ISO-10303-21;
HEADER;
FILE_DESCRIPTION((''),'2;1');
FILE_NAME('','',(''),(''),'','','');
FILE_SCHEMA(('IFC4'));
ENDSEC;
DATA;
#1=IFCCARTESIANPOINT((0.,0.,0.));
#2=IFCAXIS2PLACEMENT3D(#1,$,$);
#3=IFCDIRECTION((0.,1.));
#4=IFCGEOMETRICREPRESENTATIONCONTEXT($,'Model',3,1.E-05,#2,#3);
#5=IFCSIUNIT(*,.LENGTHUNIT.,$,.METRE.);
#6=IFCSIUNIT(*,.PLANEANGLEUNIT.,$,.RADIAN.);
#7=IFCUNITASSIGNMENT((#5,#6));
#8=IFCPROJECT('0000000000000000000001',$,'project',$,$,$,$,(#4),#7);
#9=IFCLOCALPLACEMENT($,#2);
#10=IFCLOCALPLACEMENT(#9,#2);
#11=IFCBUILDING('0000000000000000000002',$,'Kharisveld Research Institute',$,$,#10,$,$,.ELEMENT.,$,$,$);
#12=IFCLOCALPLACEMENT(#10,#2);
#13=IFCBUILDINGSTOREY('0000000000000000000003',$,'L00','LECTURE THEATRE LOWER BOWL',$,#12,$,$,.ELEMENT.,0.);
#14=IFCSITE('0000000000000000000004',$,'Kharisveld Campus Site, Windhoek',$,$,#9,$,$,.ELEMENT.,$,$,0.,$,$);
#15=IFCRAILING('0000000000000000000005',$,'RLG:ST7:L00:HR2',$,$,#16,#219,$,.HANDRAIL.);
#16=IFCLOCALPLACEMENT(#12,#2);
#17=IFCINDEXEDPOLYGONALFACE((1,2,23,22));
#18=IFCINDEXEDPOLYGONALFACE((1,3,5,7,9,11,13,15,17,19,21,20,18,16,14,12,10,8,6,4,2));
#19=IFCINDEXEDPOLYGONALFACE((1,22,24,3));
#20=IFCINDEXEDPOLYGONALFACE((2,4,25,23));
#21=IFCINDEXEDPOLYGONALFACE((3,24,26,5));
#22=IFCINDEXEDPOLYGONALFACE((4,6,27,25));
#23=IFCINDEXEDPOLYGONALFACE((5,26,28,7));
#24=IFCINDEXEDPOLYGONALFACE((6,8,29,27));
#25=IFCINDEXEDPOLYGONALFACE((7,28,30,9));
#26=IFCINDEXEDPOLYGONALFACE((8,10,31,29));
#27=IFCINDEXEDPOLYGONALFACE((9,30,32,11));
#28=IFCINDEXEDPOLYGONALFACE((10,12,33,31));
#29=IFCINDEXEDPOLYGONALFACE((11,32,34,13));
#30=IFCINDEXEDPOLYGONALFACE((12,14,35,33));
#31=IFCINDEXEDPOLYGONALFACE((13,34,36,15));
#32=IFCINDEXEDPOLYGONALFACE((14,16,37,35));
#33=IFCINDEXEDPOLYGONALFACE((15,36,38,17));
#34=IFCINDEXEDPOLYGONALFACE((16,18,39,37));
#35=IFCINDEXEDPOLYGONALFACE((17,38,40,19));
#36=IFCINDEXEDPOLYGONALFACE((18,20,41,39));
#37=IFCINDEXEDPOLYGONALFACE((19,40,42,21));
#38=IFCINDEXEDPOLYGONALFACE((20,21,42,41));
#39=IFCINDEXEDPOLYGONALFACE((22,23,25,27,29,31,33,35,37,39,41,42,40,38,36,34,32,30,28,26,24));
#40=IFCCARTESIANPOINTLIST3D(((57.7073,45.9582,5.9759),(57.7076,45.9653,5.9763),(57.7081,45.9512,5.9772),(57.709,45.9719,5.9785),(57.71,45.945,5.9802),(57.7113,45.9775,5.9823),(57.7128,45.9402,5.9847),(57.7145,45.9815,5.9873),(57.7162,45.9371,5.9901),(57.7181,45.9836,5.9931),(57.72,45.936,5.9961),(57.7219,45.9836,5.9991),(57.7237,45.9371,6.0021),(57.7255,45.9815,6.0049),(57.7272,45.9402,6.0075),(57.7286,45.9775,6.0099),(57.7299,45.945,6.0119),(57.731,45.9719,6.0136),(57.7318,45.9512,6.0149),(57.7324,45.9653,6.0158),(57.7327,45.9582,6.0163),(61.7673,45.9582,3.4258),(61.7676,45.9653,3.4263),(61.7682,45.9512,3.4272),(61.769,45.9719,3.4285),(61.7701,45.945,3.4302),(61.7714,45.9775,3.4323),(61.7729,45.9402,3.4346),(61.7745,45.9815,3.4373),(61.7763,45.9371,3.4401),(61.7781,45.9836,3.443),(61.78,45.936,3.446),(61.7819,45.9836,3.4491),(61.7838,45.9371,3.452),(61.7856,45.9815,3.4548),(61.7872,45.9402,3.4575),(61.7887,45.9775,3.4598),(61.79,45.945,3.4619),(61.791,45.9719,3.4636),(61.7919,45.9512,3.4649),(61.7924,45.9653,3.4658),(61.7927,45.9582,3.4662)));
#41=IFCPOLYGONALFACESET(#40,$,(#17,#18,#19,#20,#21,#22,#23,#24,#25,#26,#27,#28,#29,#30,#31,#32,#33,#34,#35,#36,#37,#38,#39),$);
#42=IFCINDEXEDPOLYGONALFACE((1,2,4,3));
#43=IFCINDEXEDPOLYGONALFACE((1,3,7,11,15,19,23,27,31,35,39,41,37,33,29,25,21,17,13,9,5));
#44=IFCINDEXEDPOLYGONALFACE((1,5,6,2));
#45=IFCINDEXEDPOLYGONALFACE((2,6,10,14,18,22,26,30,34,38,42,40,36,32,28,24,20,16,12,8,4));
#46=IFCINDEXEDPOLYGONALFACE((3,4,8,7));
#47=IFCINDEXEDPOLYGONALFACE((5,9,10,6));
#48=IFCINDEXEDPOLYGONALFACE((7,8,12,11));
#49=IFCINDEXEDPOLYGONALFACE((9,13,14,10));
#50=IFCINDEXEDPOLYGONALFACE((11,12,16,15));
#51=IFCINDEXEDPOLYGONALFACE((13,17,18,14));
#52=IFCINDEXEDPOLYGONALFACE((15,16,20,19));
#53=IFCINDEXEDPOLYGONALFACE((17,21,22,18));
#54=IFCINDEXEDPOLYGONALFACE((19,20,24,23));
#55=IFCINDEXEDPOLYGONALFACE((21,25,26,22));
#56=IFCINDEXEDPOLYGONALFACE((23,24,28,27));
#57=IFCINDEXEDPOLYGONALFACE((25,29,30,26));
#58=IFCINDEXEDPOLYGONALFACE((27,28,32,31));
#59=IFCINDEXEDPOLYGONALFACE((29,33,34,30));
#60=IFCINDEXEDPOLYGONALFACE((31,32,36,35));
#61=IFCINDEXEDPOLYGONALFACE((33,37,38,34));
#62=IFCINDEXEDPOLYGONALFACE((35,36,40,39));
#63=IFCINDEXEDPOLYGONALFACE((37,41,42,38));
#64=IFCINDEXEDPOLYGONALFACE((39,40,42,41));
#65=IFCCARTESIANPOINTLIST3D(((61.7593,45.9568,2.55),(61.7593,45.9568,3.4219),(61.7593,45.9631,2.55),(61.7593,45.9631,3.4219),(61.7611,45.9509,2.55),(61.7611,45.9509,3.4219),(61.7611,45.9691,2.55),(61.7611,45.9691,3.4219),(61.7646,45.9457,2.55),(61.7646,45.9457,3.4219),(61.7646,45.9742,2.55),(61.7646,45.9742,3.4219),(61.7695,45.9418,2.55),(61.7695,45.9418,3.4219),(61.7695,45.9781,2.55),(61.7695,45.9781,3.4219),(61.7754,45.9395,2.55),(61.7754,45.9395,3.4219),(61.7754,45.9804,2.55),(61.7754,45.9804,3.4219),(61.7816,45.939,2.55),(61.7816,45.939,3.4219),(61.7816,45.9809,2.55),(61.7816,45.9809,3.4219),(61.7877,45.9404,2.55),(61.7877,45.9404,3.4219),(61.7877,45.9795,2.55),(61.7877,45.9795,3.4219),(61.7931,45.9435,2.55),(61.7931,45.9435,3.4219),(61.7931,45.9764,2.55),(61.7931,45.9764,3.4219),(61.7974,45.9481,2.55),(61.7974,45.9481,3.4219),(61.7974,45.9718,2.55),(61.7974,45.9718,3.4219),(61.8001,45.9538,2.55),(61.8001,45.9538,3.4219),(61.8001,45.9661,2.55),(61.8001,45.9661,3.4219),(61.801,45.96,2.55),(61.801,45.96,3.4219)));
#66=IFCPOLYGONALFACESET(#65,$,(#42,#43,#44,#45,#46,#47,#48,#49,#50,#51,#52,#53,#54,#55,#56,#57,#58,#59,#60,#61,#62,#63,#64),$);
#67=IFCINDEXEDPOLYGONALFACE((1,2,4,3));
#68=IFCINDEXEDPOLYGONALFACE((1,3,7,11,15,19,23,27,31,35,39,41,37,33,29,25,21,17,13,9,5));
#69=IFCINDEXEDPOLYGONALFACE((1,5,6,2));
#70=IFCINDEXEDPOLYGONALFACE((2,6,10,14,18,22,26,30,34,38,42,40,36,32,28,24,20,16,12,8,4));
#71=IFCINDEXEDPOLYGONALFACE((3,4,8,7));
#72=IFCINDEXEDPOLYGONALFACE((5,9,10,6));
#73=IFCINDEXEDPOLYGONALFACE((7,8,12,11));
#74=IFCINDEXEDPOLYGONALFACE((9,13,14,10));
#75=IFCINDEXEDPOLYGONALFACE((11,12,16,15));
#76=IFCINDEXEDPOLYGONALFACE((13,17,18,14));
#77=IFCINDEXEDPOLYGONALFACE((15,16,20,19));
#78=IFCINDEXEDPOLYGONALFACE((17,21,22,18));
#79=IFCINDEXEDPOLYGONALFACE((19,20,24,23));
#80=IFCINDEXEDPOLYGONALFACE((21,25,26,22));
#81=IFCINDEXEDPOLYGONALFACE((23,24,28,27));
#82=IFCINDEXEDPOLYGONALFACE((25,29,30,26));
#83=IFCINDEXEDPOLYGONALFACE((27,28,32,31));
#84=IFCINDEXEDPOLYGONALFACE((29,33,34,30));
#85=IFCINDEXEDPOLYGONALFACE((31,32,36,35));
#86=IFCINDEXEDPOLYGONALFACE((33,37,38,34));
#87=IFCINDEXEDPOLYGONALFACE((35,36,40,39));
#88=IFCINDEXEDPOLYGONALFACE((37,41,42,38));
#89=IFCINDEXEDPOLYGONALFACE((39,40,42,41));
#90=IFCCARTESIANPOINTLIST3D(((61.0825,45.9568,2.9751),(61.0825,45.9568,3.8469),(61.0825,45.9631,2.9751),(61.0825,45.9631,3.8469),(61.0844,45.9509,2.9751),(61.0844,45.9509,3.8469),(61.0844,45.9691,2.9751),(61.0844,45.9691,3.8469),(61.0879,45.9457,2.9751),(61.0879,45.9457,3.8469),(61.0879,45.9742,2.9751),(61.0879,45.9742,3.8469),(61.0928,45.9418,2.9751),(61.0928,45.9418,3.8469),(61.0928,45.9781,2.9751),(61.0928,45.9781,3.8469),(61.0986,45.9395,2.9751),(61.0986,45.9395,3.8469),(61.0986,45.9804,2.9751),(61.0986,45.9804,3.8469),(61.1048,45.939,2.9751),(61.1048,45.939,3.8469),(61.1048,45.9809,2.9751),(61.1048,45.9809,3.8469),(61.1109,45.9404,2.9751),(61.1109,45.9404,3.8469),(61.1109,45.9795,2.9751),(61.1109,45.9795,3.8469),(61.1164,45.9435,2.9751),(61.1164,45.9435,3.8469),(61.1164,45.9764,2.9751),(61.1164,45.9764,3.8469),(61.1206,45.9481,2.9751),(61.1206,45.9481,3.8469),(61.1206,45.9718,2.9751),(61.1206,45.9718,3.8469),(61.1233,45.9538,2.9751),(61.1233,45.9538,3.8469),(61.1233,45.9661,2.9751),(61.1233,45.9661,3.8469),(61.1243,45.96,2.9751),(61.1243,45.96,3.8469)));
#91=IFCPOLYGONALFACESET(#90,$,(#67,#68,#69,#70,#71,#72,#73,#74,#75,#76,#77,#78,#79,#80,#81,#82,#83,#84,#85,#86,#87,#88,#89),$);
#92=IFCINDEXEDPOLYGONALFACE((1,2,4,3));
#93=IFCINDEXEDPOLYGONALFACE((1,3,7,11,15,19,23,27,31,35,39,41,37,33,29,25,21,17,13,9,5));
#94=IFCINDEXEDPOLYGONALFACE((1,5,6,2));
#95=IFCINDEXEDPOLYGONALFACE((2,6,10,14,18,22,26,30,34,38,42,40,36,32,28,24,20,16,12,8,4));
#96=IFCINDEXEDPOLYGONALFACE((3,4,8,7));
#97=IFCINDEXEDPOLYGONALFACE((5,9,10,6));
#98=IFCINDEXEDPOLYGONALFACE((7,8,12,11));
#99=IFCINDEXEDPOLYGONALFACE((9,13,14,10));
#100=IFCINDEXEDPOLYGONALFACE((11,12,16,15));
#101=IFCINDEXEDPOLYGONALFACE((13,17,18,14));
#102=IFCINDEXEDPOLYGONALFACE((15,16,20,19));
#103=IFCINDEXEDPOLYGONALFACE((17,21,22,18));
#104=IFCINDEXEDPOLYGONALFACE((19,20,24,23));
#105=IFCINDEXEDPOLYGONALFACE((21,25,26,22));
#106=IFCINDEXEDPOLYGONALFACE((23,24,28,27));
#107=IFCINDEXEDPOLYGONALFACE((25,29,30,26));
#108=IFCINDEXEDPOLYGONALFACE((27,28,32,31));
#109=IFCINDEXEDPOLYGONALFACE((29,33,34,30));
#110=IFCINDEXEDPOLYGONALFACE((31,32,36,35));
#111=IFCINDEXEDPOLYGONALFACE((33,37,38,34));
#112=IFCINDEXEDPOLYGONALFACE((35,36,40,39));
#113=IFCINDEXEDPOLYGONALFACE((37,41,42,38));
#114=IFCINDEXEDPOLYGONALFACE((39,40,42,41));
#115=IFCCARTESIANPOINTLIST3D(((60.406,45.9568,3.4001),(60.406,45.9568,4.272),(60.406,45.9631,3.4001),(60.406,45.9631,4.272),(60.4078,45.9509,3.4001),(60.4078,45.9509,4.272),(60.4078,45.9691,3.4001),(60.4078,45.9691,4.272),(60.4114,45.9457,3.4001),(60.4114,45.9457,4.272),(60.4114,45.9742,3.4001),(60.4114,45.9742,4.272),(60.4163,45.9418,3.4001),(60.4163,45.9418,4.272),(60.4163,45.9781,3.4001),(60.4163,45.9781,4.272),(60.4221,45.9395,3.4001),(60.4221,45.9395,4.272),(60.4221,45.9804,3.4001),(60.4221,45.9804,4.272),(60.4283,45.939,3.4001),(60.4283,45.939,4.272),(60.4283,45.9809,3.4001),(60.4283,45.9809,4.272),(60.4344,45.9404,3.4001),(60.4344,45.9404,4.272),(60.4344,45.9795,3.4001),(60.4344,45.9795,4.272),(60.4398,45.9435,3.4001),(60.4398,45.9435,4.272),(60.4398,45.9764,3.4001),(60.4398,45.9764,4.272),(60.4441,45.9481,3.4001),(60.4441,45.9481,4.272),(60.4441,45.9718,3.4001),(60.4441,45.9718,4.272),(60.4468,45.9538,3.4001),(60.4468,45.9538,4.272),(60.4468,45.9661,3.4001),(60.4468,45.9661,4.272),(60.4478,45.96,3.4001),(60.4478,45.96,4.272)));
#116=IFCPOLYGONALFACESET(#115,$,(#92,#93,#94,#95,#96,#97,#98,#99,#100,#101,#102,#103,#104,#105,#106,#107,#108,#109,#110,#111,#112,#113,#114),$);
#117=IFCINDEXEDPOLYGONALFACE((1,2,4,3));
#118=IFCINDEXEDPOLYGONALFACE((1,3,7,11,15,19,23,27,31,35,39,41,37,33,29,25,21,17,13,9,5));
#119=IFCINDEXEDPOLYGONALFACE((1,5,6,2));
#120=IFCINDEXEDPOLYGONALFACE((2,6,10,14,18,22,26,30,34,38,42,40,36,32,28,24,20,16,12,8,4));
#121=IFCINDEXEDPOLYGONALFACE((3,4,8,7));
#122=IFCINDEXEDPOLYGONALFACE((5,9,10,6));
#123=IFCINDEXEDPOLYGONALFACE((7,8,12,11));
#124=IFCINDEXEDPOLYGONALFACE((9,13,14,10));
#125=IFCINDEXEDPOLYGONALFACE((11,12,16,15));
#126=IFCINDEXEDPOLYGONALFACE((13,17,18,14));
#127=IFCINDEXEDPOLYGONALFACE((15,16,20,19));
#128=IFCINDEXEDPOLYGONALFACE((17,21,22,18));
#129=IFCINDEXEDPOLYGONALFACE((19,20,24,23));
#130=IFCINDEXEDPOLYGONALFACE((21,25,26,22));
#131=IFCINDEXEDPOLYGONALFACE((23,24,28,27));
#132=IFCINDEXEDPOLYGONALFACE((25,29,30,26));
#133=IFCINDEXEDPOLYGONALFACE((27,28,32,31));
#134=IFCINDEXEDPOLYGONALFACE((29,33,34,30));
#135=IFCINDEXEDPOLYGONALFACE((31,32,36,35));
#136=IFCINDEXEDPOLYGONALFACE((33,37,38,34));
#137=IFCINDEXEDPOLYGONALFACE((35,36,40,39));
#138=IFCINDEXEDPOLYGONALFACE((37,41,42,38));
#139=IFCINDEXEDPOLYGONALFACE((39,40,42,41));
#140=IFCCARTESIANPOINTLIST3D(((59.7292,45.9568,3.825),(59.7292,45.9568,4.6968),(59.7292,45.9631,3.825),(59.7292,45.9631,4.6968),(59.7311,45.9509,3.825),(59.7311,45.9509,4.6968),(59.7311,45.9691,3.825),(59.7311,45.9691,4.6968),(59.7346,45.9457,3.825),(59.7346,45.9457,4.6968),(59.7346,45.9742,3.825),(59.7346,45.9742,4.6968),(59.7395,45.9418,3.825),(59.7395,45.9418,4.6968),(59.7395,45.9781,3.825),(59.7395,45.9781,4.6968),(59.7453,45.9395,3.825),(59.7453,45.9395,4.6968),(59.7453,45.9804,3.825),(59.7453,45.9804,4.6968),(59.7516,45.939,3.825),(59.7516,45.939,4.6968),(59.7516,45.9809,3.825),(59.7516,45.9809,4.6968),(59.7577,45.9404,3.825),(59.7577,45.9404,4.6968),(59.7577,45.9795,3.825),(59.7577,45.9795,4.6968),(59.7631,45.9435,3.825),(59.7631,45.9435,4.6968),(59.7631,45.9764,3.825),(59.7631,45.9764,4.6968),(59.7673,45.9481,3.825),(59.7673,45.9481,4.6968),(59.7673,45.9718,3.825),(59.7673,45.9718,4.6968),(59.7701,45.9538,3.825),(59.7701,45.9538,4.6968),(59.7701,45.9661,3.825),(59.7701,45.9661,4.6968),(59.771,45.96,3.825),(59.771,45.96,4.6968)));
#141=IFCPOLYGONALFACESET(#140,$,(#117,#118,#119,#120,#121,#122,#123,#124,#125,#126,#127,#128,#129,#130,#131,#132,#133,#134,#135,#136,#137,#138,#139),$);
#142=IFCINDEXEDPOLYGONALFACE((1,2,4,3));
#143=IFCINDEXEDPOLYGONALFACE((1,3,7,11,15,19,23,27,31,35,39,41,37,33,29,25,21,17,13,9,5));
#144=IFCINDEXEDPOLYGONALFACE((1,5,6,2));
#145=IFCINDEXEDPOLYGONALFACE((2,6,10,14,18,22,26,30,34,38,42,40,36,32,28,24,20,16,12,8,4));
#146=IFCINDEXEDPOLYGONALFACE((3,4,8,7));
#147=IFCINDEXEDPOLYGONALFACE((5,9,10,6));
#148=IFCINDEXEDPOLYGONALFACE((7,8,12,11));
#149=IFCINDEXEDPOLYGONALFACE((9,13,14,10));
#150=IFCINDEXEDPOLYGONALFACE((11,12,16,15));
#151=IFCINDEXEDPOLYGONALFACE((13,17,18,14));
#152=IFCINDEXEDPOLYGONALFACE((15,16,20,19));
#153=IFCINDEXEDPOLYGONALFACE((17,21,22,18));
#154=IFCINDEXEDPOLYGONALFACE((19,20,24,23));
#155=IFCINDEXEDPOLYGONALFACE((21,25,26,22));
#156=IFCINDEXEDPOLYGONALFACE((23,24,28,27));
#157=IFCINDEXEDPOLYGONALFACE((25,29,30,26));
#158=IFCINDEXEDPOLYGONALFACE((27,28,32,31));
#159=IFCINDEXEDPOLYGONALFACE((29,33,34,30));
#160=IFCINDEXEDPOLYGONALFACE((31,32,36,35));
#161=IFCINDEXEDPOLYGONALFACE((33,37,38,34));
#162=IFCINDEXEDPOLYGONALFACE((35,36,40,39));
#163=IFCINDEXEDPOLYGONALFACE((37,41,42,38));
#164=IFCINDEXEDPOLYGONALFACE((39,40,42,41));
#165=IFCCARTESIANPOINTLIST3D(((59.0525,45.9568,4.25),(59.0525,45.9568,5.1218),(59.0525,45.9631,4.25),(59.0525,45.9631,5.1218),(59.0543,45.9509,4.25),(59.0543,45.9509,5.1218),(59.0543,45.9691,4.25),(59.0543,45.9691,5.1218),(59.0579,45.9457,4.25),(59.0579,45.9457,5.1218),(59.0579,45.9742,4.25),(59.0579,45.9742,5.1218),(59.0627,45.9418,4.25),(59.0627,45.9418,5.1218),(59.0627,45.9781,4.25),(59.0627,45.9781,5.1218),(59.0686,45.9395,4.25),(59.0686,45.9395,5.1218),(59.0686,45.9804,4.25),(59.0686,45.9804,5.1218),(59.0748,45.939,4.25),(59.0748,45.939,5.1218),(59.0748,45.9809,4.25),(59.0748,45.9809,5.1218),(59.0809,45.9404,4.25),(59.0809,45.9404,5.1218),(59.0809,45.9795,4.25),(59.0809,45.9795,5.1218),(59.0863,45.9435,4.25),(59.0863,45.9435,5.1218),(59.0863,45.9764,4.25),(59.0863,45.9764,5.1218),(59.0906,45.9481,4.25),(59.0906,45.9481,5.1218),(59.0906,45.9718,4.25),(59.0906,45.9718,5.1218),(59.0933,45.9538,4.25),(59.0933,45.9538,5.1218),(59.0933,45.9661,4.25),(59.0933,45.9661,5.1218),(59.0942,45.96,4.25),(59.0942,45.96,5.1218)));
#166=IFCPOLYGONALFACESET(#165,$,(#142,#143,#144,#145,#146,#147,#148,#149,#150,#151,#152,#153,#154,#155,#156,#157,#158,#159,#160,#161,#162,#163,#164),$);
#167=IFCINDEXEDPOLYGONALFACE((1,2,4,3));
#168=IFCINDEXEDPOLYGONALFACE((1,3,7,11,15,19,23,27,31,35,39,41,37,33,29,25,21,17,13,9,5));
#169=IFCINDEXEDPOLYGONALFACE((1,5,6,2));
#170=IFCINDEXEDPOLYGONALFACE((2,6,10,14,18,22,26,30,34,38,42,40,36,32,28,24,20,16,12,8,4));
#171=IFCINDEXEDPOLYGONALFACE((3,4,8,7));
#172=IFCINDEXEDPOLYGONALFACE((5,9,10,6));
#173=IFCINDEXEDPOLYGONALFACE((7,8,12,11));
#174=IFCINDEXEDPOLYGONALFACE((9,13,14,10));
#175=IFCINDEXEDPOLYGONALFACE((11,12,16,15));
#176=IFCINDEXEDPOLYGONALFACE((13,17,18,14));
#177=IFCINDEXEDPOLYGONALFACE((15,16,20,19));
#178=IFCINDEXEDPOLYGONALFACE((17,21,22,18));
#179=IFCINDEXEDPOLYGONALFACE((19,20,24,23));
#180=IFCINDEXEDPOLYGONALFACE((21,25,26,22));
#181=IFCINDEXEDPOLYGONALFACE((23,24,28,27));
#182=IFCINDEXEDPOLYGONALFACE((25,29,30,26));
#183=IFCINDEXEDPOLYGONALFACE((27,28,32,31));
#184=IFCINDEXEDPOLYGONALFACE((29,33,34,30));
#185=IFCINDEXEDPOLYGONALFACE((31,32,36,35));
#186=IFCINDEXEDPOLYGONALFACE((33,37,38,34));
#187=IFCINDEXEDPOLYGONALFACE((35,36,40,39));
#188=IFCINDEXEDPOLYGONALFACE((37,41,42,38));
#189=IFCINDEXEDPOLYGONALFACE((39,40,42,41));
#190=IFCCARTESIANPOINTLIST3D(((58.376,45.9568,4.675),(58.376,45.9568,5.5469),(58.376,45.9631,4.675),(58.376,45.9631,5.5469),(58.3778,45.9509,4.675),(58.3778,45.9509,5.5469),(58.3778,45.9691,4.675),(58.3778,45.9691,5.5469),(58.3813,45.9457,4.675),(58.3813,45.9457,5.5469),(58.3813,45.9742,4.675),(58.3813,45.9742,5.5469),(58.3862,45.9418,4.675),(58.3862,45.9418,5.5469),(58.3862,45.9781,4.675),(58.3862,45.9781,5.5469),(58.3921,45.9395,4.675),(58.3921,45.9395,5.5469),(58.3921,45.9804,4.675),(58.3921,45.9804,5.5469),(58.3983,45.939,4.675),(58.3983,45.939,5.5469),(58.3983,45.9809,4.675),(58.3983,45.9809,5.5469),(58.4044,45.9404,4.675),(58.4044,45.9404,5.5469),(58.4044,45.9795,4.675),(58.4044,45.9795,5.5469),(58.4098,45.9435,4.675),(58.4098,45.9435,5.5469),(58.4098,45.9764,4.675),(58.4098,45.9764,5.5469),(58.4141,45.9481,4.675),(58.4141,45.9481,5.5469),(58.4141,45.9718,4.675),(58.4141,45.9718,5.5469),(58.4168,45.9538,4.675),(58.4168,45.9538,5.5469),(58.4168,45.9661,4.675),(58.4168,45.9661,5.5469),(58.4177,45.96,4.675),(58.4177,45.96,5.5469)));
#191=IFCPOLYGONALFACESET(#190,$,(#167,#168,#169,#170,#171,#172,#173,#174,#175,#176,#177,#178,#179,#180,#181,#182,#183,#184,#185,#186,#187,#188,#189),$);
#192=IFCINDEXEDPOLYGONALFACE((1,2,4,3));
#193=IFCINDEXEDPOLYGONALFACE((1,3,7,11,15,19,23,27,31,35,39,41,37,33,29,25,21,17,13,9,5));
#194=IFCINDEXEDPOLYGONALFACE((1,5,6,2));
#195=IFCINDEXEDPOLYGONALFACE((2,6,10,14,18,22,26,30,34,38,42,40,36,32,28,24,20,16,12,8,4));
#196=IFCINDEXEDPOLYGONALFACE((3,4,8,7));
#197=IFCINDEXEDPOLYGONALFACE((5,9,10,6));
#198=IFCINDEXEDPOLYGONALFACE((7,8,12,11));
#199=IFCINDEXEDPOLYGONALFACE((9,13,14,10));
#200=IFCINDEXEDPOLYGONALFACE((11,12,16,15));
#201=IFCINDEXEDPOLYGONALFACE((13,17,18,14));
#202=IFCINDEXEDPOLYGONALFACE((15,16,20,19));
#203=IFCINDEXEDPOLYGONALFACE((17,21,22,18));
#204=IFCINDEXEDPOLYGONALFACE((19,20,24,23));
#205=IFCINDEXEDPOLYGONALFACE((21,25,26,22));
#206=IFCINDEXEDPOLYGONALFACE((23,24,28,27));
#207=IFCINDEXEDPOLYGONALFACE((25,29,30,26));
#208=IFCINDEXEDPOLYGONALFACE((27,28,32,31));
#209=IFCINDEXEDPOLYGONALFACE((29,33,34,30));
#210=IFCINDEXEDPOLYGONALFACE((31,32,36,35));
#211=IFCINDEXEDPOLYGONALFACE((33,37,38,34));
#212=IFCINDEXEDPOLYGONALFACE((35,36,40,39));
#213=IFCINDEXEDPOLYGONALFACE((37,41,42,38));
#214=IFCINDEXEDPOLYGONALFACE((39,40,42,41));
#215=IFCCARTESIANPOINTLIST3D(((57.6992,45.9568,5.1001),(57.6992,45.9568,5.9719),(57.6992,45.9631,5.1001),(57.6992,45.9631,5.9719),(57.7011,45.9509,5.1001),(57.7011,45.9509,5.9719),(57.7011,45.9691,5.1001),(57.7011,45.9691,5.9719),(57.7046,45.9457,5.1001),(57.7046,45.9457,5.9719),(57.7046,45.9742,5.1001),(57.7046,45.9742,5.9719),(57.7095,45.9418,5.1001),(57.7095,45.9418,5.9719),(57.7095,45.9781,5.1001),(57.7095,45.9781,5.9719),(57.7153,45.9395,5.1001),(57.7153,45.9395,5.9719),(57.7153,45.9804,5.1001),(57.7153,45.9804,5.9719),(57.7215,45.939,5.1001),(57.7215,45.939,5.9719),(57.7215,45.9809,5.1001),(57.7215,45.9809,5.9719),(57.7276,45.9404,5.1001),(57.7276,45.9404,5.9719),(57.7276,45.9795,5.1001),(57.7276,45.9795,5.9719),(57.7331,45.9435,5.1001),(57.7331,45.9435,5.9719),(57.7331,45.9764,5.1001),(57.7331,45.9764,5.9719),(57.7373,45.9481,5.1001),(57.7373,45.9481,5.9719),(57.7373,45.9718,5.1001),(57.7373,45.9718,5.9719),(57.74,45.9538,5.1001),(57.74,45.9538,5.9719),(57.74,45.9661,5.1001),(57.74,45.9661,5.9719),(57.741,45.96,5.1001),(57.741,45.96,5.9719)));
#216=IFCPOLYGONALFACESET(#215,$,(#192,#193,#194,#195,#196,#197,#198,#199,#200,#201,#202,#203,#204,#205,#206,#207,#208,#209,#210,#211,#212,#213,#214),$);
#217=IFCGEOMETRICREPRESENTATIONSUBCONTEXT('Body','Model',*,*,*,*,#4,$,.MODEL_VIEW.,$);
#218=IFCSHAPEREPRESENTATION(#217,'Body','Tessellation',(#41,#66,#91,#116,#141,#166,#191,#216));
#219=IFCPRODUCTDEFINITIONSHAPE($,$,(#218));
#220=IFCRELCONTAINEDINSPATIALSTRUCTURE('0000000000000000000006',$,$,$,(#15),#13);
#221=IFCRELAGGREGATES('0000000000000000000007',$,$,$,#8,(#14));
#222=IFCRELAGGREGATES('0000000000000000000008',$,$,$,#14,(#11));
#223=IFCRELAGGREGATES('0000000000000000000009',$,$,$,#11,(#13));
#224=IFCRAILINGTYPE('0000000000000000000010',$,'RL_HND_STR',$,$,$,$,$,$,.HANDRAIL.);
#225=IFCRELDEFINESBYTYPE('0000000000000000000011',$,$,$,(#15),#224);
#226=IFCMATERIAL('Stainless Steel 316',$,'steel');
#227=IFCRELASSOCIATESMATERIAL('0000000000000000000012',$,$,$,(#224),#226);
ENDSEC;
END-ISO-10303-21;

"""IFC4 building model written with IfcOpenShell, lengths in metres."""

from ifc_helpers import new_model, si_unit, direction, frame, origin, origin_2d, place, context, subcontext, project, spatial, circle, extrude, material, type_object, element, save


model = new_model("IFC4")

# Units and contexts
model_context = context("Model", 3, precision=1e-05, world=origin(), true_north=direction((0.0, 1.0)))
body_context = subcontext(model_context, "Body", "Model", "MODEL_VIEW")
ifc_project = project(units=[si_unit("LENGTHUNIT", "METRE"), si_unit("PLANEANGLEUNIT", "RADIAN")], contexts=[model_context])

# Site, building, storey
site_placement = place(None, origin())
site = spatial("IfcSite", under=ifc_project, at=site_placement, Name="Kharisveld Campus Site, Windhoek", CompositionType="ELEMENT", RefElevation=0.0)
building_placement = place(site_placement, origin())
building = spatial("IfcBuilding", under=site, at=building_placement, Name="Kharisveld Research Institute", CompositionType="ELEMENT")
storey_placement = place(building_placement, origin())
storey = spatial("IfcBuildingStorey", under=building, at=storey_placement, Name="L00", Description="LECTURE THEATRE LOWER BOWL", CompositionType="ELEMENT", Elevation=0.0)

# Railing
ifc_material_1 = material(Name="Stainless Steel 316", Category="steel")
railing_type_1 = type_object("IfcRailingType", Name="RL_HND_STR", PredefinedType="HANDRAIL", material=ifc_material_1)
railing_1_placement = place(storey_placement, frame((61.78, 45.96, 2.55)))
element("IfcRailing", 1, at=railing_1_placement, inside=storey, type_object=railing_type_1, Name="RLG:ST7:L00:HR2", PredefinedType="HANDRAIL", context=body_context, shape_type="SweptSolid", body=[
    extrude(circle(Radius=0.0239, at=origin_2d()), frame((0.0, 0.0, 0.896), z_axis=(-0.846823, 0.0, 0.531874), x_axis=(0.0, -1.0, 0.0)), (0.0, 0.0, 1.0), 4.7944),
    extrude(circle(Radius=0.021, at=origin_2d()), origin(), (0.0, 0.0, 1.0), 0.8718),
    extrude(circle(Radius=0.021, at=origin_2d()), frame((-0.6768, 0.0, 0.425)), (0.0, 0.0, 1.0), 0.8718),
    extrude(circle(Radius=0.021, at=origin_2d()), frame((-1.3533, 0.0, 0.8501)), (0.0, 0.0, 1.0), 0.8718),
    extrude(circle(Radius=0.021, at=origin_2d()), frame((-2.03, 0.0, 1.2749)), (0.0, 0.0, 1.0), 0.8718),
    extrude(circle(Radius=0.021, at=origin_2d()), frame((-2.7068, 0.0, 1.7)), (0.0, 0.0, 1.0), 0.8718),
    extrude(circle(Radius=0.021, at=origin_2d()), frame((-3.3833, 0.0, 2.125)), (0.0, 0.0, 1.0), 0.8718),
    extrude(circle(Radius=0.021, at=origin_2d()), frame((-4.0601, 0.0, 2.55)), (0.0, 0.0, 1.0), 0.8718),
])

save(model, "model.ifc")
